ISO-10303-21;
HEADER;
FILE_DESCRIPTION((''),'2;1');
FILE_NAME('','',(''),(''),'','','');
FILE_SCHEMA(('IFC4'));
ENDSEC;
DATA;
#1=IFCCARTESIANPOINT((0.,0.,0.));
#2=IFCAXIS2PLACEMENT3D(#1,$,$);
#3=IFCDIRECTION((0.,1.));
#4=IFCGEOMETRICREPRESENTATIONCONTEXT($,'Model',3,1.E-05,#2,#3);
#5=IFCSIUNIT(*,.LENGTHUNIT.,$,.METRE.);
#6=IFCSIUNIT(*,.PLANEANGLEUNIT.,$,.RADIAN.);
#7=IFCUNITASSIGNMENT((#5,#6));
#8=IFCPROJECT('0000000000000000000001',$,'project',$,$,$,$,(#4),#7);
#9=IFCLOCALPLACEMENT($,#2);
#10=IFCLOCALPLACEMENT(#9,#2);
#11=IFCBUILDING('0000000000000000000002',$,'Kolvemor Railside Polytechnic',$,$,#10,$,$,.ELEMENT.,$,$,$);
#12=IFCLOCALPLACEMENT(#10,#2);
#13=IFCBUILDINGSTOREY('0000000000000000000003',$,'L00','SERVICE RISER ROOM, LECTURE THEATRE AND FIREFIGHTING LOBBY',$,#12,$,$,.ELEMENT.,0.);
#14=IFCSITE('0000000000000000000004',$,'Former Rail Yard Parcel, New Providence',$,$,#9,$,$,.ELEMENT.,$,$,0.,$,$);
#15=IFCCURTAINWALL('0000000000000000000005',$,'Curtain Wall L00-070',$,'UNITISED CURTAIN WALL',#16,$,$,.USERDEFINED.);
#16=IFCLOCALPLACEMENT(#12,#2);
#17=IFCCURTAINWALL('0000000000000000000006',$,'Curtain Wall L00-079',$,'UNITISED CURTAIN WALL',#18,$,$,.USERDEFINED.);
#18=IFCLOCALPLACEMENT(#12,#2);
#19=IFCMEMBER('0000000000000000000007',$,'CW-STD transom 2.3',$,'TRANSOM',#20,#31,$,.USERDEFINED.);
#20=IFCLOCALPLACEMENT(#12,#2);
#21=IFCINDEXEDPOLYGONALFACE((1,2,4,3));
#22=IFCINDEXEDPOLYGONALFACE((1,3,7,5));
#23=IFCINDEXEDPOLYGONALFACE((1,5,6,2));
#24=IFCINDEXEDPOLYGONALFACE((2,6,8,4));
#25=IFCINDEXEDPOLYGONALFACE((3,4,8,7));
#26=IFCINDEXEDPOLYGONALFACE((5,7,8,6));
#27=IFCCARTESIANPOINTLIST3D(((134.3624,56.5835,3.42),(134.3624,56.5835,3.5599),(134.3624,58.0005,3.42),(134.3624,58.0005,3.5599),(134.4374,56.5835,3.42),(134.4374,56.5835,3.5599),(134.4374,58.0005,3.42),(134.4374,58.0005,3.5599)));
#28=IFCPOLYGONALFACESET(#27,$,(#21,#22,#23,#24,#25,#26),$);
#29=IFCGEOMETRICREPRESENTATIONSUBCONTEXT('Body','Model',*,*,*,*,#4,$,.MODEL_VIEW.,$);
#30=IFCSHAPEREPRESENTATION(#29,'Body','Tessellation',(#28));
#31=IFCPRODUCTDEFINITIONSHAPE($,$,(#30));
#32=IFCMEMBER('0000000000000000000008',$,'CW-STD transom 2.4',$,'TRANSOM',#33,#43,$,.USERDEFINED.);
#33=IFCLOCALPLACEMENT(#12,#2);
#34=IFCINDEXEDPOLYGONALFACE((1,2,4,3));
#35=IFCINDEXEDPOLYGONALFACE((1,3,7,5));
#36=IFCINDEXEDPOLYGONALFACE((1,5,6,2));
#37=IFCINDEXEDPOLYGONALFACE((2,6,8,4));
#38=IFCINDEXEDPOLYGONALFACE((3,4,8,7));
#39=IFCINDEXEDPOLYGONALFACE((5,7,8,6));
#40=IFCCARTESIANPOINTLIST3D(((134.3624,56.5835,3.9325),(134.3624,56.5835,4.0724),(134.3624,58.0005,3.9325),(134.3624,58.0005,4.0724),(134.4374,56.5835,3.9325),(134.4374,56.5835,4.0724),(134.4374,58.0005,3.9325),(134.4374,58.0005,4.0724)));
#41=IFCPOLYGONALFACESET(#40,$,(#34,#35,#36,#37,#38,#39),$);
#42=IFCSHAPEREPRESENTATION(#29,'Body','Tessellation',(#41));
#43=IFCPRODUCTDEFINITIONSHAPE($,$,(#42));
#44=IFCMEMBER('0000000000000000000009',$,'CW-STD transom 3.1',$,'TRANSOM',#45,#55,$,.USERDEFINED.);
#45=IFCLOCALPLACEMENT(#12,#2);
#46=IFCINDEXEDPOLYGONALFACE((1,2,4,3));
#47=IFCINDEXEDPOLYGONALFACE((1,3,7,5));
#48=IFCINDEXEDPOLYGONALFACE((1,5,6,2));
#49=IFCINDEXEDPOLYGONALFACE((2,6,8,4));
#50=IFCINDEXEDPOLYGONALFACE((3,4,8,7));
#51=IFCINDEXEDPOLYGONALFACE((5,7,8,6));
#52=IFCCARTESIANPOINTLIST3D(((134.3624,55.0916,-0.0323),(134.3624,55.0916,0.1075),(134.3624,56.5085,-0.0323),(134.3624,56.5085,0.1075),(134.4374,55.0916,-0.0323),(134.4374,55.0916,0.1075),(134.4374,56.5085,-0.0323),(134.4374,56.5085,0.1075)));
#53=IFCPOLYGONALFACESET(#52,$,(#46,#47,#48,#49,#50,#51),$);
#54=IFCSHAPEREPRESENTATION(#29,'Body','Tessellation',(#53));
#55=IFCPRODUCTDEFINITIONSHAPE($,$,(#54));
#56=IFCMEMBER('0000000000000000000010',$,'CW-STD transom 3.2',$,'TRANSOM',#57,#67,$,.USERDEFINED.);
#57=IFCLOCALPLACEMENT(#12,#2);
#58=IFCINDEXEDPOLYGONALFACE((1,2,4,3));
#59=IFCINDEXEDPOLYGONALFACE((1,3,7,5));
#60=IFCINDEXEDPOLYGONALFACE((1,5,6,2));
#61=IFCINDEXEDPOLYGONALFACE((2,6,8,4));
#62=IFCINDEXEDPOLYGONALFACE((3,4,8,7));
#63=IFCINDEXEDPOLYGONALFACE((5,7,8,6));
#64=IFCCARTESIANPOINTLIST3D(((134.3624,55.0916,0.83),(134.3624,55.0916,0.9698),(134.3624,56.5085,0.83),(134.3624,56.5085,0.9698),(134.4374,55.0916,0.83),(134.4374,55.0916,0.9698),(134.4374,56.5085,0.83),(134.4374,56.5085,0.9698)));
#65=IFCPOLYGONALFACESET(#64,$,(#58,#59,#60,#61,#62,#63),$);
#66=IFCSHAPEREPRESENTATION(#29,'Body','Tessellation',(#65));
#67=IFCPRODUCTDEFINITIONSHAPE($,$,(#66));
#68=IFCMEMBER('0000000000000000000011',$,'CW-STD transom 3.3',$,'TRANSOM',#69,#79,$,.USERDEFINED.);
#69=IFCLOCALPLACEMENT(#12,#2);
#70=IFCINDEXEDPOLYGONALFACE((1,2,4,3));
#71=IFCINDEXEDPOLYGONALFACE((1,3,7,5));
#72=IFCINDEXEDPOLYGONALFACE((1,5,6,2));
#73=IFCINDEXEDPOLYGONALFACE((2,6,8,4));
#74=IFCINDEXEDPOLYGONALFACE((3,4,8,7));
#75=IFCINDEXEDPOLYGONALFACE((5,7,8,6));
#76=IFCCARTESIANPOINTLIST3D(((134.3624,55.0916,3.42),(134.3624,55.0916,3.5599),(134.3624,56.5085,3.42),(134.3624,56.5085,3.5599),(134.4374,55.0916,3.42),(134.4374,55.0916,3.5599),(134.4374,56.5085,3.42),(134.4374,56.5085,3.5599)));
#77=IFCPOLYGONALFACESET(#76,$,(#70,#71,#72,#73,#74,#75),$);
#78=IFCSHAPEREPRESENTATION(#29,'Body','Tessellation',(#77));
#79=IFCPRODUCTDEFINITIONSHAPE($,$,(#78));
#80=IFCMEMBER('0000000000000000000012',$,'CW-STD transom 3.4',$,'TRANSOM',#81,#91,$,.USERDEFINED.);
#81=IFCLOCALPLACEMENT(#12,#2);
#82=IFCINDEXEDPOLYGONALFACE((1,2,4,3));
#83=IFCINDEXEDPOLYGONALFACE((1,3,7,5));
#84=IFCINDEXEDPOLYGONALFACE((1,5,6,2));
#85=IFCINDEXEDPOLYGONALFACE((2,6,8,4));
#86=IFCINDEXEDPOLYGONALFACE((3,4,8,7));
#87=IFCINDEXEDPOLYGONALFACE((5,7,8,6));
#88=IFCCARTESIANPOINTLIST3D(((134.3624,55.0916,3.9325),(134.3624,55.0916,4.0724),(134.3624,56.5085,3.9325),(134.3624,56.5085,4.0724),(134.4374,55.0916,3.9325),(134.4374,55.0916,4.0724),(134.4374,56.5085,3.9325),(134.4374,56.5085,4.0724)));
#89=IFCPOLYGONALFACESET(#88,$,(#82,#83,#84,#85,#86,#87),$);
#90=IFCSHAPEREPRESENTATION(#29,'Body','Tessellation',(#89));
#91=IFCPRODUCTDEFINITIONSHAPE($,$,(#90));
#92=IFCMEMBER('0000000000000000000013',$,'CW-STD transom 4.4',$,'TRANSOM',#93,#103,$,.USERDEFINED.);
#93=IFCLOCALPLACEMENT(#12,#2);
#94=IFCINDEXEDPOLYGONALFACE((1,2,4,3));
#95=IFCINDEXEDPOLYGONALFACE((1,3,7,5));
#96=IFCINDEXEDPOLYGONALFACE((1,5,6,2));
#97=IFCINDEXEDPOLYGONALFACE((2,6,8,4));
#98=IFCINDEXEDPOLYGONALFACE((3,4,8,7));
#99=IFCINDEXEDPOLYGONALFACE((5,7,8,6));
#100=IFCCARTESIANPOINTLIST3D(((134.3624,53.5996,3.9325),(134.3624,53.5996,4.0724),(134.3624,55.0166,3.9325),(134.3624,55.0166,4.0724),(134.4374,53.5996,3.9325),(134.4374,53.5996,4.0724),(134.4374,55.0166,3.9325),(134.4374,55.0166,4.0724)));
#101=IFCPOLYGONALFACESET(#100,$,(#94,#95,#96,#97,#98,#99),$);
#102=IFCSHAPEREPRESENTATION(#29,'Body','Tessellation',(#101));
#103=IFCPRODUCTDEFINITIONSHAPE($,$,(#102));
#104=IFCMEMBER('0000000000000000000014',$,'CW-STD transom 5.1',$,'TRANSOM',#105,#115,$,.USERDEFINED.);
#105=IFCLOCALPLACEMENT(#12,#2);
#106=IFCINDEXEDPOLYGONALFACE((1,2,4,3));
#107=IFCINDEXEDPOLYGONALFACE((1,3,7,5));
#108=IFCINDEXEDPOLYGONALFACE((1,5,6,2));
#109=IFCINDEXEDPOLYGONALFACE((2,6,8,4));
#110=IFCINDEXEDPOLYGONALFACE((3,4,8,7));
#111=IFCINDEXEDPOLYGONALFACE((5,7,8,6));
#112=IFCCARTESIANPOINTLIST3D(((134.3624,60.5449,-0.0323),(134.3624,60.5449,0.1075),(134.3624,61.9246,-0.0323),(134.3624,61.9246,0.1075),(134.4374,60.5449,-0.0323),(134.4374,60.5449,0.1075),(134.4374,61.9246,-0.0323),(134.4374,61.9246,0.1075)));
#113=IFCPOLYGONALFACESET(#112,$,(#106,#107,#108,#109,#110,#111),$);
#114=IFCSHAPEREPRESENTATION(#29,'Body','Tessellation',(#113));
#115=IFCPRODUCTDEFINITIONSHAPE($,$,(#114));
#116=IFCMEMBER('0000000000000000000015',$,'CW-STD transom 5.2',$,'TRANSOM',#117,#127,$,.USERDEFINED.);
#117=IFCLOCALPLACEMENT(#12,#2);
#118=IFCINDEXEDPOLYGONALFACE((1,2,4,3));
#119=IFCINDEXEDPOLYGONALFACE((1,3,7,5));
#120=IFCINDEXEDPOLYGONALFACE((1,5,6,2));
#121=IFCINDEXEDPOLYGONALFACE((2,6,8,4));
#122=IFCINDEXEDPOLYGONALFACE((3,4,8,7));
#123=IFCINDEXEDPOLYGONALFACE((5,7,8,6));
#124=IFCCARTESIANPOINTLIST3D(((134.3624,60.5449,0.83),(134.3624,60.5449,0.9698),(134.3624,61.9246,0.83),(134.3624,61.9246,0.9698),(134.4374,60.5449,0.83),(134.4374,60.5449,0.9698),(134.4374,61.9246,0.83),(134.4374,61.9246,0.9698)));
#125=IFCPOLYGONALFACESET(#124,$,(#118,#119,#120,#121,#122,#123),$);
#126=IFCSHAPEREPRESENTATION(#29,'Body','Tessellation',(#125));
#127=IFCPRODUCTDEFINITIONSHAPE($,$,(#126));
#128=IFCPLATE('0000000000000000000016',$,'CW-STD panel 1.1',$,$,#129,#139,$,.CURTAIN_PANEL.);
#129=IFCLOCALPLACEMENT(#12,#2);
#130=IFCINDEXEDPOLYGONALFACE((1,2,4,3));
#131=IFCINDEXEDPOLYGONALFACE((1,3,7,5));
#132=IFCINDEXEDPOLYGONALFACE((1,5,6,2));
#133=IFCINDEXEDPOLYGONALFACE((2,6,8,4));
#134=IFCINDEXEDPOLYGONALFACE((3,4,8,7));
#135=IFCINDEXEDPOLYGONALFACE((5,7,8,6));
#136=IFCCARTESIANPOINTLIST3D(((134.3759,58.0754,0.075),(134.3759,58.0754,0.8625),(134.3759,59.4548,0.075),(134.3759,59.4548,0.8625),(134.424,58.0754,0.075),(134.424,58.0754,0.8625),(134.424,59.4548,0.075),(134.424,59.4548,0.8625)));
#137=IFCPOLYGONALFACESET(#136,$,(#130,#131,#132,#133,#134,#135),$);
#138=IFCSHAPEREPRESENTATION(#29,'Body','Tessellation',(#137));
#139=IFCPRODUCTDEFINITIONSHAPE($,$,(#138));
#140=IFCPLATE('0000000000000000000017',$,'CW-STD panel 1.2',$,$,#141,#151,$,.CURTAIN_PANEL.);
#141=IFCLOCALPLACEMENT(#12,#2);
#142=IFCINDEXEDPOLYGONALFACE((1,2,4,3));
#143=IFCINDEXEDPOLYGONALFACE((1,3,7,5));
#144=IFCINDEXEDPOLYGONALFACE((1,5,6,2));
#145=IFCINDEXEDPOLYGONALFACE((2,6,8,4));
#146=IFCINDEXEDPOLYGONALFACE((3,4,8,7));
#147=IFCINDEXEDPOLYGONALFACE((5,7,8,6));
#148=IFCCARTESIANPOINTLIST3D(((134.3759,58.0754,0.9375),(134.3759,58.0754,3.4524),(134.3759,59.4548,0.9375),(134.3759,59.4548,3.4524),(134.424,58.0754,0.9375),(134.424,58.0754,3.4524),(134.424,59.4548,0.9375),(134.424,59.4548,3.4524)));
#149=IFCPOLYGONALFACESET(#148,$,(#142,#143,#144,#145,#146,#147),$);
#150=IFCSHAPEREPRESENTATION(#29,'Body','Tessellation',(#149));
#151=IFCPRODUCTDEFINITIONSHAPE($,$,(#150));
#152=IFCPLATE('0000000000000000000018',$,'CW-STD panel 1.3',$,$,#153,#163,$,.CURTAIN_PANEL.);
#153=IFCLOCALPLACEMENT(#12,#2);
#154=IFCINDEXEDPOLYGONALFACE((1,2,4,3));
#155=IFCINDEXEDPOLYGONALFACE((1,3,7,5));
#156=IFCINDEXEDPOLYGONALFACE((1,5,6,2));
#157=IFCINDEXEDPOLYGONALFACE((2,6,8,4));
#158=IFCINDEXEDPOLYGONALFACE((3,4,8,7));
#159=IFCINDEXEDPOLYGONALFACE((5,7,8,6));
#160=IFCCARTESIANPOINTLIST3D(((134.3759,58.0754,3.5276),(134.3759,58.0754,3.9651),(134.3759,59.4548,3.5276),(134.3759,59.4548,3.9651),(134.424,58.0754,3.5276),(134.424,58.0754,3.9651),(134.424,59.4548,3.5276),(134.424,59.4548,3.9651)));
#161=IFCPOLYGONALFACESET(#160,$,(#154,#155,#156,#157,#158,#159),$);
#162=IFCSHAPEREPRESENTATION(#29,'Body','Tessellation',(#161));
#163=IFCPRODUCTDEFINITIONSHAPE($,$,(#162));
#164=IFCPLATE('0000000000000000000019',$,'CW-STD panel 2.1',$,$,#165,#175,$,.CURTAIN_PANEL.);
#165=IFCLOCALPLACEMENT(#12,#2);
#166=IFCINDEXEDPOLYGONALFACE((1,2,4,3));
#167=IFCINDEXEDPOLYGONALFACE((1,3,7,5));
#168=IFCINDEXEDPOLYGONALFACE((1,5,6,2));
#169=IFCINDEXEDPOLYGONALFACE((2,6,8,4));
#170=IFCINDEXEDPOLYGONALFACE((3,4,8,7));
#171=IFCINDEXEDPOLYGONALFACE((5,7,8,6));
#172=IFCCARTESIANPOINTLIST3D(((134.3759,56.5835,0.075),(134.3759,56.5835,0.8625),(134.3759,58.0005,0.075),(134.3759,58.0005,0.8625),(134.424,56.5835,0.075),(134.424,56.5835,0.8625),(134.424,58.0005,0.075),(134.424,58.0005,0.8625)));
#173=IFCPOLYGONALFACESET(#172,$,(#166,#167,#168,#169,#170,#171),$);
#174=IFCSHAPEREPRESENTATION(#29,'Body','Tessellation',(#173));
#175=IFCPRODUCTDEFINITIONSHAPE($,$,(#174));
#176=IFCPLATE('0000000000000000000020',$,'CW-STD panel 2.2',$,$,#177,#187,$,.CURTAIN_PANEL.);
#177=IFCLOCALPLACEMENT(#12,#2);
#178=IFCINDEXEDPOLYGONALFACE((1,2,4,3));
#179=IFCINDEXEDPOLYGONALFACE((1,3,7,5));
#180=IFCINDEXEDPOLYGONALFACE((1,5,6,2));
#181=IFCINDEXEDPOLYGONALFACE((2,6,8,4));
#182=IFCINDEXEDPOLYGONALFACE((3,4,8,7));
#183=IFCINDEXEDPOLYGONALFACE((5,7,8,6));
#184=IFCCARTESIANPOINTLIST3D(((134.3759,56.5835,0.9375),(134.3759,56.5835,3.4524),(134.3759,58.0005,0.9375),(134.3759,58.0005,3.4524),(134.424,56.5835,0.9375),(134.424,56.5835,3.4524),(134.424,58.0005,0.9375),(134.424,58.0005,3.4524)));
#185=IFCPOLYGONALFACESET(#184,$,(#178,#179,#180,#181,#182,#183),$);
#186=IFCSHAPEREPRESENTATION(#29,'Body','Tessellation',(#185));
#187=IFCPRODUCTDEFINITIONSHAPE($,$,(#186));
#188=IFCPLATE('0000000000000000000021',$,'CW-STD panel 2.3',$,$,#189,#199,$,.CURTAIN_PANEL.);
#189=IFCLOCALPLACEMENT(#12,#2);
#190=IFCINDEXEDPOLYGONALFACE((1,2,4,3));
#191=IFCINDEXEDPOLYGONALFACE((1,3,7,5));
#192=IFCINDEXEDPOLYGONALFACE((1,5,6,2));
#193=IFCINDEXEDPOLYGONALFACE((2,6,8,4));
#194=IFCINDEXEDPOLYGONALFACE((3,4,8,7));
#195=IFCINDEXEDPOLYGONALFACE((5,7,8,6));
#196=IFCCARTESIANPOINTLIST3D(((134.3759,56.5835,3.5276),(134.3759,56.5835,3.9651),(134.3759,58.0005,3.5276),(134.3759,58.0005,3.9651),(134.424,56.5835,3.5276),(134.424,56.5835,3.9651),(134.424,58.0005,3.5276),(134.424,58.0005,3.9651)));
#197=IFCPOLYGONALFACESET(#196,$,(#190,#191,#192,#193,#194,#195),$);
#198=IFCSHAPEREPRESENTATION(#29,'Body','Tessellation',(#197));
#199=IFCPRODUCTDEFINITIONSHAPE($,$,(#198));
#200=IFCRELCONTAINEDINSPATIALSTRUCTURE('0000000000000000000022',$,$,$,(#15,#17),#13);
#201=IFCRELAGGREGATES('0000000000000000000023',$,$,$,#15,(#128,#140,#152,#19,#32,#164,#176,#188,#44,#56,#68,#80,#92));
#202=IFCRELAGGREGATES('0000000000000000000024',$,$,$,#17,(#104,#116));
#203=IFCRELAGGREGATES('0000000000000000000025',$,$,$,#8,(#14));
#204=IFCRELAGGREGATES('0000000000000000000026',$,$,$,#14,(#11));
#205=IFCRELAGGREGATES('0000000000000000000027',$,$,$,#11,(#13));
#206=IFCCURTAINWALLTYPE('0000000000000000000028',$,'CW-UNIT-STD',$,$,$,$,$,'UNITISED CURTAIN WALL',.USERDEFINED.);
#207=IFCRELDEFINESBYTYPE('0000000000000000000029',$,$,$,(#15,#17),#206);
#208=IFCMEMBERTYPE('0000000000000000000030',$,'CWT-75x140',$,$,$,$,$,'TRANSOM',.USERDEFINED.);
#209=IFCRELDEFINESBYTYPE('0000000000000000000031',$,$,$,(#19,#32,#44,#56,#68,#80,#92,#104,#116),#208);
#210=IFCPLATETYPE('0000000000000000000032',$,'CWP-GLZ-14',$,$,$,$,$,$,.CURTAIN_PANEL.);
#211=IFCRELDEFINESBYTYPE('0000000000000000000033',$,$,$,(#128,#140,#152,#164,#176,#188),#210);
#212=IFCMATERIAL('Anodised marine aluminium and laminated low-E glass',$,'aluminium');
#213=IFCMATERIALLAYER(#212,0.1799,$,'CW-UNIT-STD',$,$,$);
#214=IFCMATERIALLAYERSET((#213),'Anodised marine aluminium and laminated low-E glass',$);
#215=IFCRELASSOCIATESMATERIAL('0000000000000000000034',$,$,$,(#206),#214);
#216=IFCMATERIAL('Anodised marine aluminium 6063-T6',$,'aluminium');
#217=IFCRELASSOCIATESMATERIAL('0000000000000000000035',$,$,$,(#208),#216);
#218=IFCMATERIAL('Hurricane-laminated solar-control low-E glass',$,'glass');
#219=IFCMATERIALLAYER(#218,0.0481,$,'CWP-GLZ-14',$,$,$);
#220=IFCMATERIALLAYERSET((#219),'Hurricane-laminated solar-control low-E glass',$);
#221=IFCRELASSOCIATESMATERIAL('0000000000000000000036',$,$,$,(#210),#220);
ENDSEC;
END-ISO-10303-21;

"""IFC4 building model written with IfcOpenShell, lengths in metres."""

from ifc_helpers import new_model, si_unit, direction, frame, origin, origin_2d, place, context, subcontext, project, spatial, rectangle, extrude, material, layer, layer_set, material_profile, profile_set, type_object, element, aggregate, save


model = new_model("IFC4")

# Units and contexts
model_context = context("Model", 3, precision=1e-05, world=origin(), true_north=direction((0.0, 1.0)))
body_context = subcontext(model_context, "Body", "Model", "MODEL_VIEW")
ifc_project = project(units=[si_unit("LENGTHUNIT", "METRE"), si_unit("PLANEANGLEUNIT", "RADIAN")], contexts=[model_context])

# Site, building, storey
site_placement = place(None, origin())
site = spatial("IfcSite", under=ifc_project, at=site_placement, Name="Former Rail Yard Parcel, New Providence", CompositionType="ELEMENT", RefElevation=0.0)
building_placement = place(site_placement, origin())
building = spatial("IfcBuilding", under=site, at=building_placement, Name="Kolvemor Railside Polytechnic", CompositionType="ELEMENT")
storey_placement = place(building_placement, origin())
storey = spatial("IfcBuildingStorey", under=building, at=storey_placement, Name="L00", Description="SERVICE RISER ROOM, LECTURE THEATRE AND FIREFIGHTING LOBBY", CompositionType="ELEMENT", Elevation=0.0)

# Curtain wall
ifc_material_1 = material(Name="Anodised marine aluminium and laminated low-E glass", Category="aluminium")
ifc_layer_1 = layer(ifc_material_1, 0.1799, Name="CW-UNIT-STD")
ifc_layer_set_1 = layer_set([ifc_layer_1], Name="Anodised marine aluminium and laminated low-E glass")
curtain_wall_type = type_object("IfcCurtainWallType", Name="CW-UNIT-STD", ElementType="UNITISED CURTAIN WALL", PredefinedType="USERDEFINED", material=ifc_layer_set_1)
curtain_wall_1_placement = place(storey_placement, origin())
curtain_wall_1 = element("IfcCurtainWall", 1, at=curtain_wall_1_placement, inside=storey, type_object=curtain_wall_type, Name="Curtain Wall L00-070", ObjectType="UNITISED CURTAIN WALL", PredefinedType="USERDEFINED")

# Curtain wall
curtain_wall_2_placement = place(storey_placement, origin())
curtain_wall_2 = element("IfcCurtainWall", 2, at=curtain_wall_2_placement, inside=storey, type_object=curtain_wall_type, Name="Curtain Wall L00-079", ObjectType="UNITISED CURTAIN WALL", PredefinedType="USERDEFINED")

# Members
ifc_material_2 = material(Name="Anodised marine aluminium 6063-T6", Category="aluminium")
ifc_material_profile_1 = material_profile(ifc_material_2, rectangle(XDim=0.075, YDim=0.1399, at=origin_2d()), Name="CW-TRN-75x140")
ifc_profile_set_1 = profile_set([ifc_material_profile_1], Name="Anodised marine aluminium 6063-T6")
member_type_1 = type_object("IfcMemberType", Name="CWT-75x140", ElementType="TRANSOM", PredefinedType="USERDEFINED", material=ifc_profile_set_1)
member_1_placement = place(storey_placement, frame((134.3999, 58.0005, 3.49), z_axis=(0.0, -1.0, 0.0), x_axis=(1.0, 0.0, 0.0)))
member_1 = element("IfcMember", 3, at=member_1_placement, type_object=member_type_1, Name="CW-STD transom 2.3", ObjectType="TRANSOM", PredefinedType="USERDEFINED", context=body_context, shape_type="SweptSolid", body=[
    extrude(rectangle(XDim=0.075, YDim=0.1399, at=origin_2d()), origin(), (0.0, 0.0, 1.0), 1.417),
])
member_2_placement = place(storey_placement, frame((134.3999, 58.0005, 4.0024), z_axis=(0.0, -1.0, 0.0), x_axis=(1.0, 0.0, 0.0)))
member_2 = element("IfcMember", 4, at=member_2_placement, type_object=member_type_1, Name="CW-STD transom 2.4", ObjectType="TRANSOM", PredefinedType="USERDEFINED", context=body_context, shape_type="SweptSolid", body=[
    extrude(rectangle(XDim=0.075, YDim=0.1399, at=origin_2d()), origin(), (0.0, 0.0, 1.0), 1.417),
])
member_3_placement = place(storey_placement, frame((134.3999, 56.5085, 0.0376), z_axis=(0.0, -1.0, 0.0), x_axis=(1.0, 0.0, 0.0)))
member_3 = element("IfcMember", 5, at=member_3_placement, type_object=member_type_1, Name="CW-STD transom 3.1", ObjectType="TRANSOM", PredefinedType="USERDEFINED", context=body_context, shape_type="SweptSolid", body=[
    extrude(rectangle(XDim=0.075, YDim=0.1399, at=origin_2d()), origin(), (0.0, 0.0, 1.0), 1.417),
])
member_4_placement = place(storey_placement, frame((134.3999, 56.5085, 0.8999), z_axis=(0.0, -1.0, 0.0), x_axis=(1.0, 0.0, 0.0)))
member_4 = element("IfcMember", 6, at=member_4_placement, type_object=member_type_1, Name="CW-STD transom 3.2", ObjectType="TRANSOM", PredefinedType="USERDEFINED", context=body_context, shape_type="SweptSolid", body=[
    extrude(rectangle(XDim=0.075, YDim=0.1399, at=origin_2d()), origin(), (0.0, 0.0, 1.0), 1.417),
])
member_5_placement = place(storey_placement, frame((134.3999, 56.5085, 3.49), z_axis=(0.0, -1.0, 0.0), x_axis=(1.0, 0.0, 0.0)))
member_5 = element("IfcMember", 7, at=member_5_placement, type_object=member_type_1, Name="CW-STD transom 3.3", ObjectType="TRANSOM", PredefinedType="USERDEFINED", context=body_context, shape_type="SweptSolid", body=[
    extrude(rectangle(XDim=0.075, YDim=0.1399, at=origin_2d()), origin(), (0.0, 0.0, 1.0), 1.417),
])
member_6_placement = place(storey_placement, frame((134.3999, 56.5085, 4.0024), z_axis=(0.0, -1.0, 0.0), x_axis=(1.0, 0.0, 0.0)))
member_6 = element("IfcMember", 8, at=member_6_placement, type_object=member_type_1, Name="CW-STD transom 3.4", ObjectType="TRANSOM", PredefinedType="USERDEFINED", context=body_context, shape_type="SweptSolid", body=[
    extrude(rectangle(XDim=0.075, YDim=0.1399, at=origin_2d()), origin(), (0.0, 0.0, 1.0), 1.417),
])
member_7_placement = place(storey_placement, frame((134.3999, 55.0166, 4.0024), z_axis=(0.0, -1.0, 0.0), x_axis=(1.0, 0.0, 0.0)))
member_7 = element("IfcMember", 9, at=member_7_placement, type_object=member_type_1, Name="CW-STD transom 4.4", ObjectType="TRANSOM", PredefinedType="USERDEFINED", context=body_context, shape_type="SweptSolid", body=[
    extrude(rectangle(XDim=0.075, YDim=0.1399, at=origin_2d()), origin(), (0.0, 0.0, 1.0), 1.417),
])
member_8_placement = place(storey_placement, frame((134.3999, 61.9246, 0.0376), z_axis=(0.0, -1.0, 0.0), x_axis=(1.0, 0.0, 0.0)))
member_8 = element("IfcMember", 10, at=member_8_placement, type_object=member_type_1, Name="CW-STD transom 5.1", ObjectType="TRANSOM", PredefinedType="USERDEFINED", context=body_context, shape_type="SweptSolid", body=[
    extrude(rectangle(XDim=0.075, YDim=0.1399, at=origin_2d()), origin(), (0.0, 0.0, 1.0), 1.3796),
])
member_9_placement = place(storey_placement, frame((134.3999, 61.9246, 0.8999), z_axis=(0.0, -1.0, 0.0), x_axis=(1.0, 0.0, 0.0)))
member_9 = element("IfcMember", 11, at=member_9_placement, type_object=member_type_1, Name="CW-STD transom 5.2", ObjectType="TRANSOM", PredefinedType="USERDEFINED", context=body_context, shape_type="SweptSolid", body=[
    extrude(rectangle(XDim=0.075, YDim=0.1399, at=origin_2d()), origin(), (0.0, 0.0, 1.0), 1.3796),
])

# Plates
ifc_material_3 = material(Name="Hurricane-laminated solar-control low-E glass", Category="glass")
ifc_layer_2 = layer(ifc_material_3, 0.0481, Name="CWP-GLZ-14")
ifc_layer_set_2 = layer_set([ifc_layer_2], Name="Hurricane-laminated solar-control low-E glass")
plate_type_1 = type_object("IfcPlateType", Name="CWP-GLZ-14", PredefinedType="CURTAIN_PANEL", material=ifc_layer_set_2)
plate_1_placement = place(storey_placement, frame((134.3999, 58.7651, 0.075), z_axis=(0.0, 0.0, 1.0), x_axis=(0.0, -1.0, 0.0)))
plate_1 = element("IfcPlate", 12, at=plate_1_placement, type_object=plate_type_1, Name="CW-STD panel 1.1", PredefinedType="CURTAIN_PANEL", context=body_context, shape_type="SweptSolid", body=[
    extrude(rectangle(XDim=1.3794, YDim=0.0481, at=origin_2d()), origin(), (0.0, 0.0, 1.0), 0.7876),
])
plate_2_placement = place(storey_placement, frame((134.3999, 58.7651, 0.9375), z_axis=(0.0, 0.0, 1.0), x_axis=(0.0, -1.0, 0.0)))
plate_2 = element("IfcPlate", 13, at=plate_2_placement, type_object=plate_type_1, Name="CW-STD panel 1.2", PredefinedType="CURTAIN_PANEL", context=body_context, shape_type="SweptSolid", body=[
    extrude(rectangle(XDim=1.3794, YDim=0.0481, at=origin_2d()), origin(), (0.0, 0.0, 1.0), 2.5149),
])
plate_3_placement = place(storey_placement, frame((134.3999, 58.7651, 3.5276), z_axis=(0.0, 0.0, 1.0), x_axis=(0.0, -1.0, 0.0)))
plate_3 = element("IfcPlate", 14, at=plate_3_placement, type_object=plate_type_1, Name="CW-STD panel 1.3", PredefinedType="CURTAIN_PANEL", context=body_context, shape_type="SweptSolid", body=[
    extrude(rectangle(XDim=1.3794, YDim=0.0481, at=origin_2d()), origin(), (0.0, 0.0, 1.0), 0.4375),
])
plate_4_placement = place(storey_placement, frame((134.3999, 57.292, 0.075), z_axis=(0.0, 0.0, 1.0), x_axis=(0.0, -1.0, 0.0)))
plate_4 = element("IfcPlate", 15, at=plate_4_placement, type_object=plate_type_1, Name="CW-STD panel 2.1", PredefinedType="CURTAIN_PANEL", context=body_context, shape_type="SweptSolid", body=[
    extrude(rectangle(XDim=1.417, YDim=0.0481, at=origin_2d()), origin(), (0.0, 0.0, 1.0), 0.7876),
])
plate_5_placement = place(storey_placement, frame((134.3999, 57.292, 0.9375), z_axis=(0.0, 0.0, 1.0), x_axis=(0.0, -1.0, 0.0)))
plate_5 = element("IfcPlate", 16, at=plate_5_placement, type_object=plate_type_1, Name="CW-STD panel 2.2", PredefinedType="CURTAIN_PANEL", context=body_context, shape_type="SweptSolid", body=[
    extrude(rectangle(XDim=1.417, YDim=0.0481, at=origin_2d()), origin(), (0.0, 0.0, 1.0), 2.5149),
])
plate_6_placement = place(storey_placement, frame((134.3999, 57.292, 3.5276), z_axis=(0.0, 0.0, 1.0), x_axis=(0.0, -1.0, 0.0)))
plate_6 = element("IfcPlate", 17, at=plate_6_placement, type_object=plate_type_1, Name="CW-STD panel 2.3", PredefinedType="CURTAIN_PANEL", context=body_context, shape_type="SweptSolid", body=[
    extrude(rectangle(XDim=1.417, YDim=0.0481, at=origin_2d()), origin(), (0.0, 0.0, 1.0), 0.4375),
])
aggregate(curtain_wall_1, [plate_1, plate_2, plate_3, member_1, member_2, plate_4, plate_5, plate_6, member_3, member_4, member_5, member_6, member_7])
aggregate(curtain_wall_2, [member_8, member_9])

save(model, "model.ifc")
